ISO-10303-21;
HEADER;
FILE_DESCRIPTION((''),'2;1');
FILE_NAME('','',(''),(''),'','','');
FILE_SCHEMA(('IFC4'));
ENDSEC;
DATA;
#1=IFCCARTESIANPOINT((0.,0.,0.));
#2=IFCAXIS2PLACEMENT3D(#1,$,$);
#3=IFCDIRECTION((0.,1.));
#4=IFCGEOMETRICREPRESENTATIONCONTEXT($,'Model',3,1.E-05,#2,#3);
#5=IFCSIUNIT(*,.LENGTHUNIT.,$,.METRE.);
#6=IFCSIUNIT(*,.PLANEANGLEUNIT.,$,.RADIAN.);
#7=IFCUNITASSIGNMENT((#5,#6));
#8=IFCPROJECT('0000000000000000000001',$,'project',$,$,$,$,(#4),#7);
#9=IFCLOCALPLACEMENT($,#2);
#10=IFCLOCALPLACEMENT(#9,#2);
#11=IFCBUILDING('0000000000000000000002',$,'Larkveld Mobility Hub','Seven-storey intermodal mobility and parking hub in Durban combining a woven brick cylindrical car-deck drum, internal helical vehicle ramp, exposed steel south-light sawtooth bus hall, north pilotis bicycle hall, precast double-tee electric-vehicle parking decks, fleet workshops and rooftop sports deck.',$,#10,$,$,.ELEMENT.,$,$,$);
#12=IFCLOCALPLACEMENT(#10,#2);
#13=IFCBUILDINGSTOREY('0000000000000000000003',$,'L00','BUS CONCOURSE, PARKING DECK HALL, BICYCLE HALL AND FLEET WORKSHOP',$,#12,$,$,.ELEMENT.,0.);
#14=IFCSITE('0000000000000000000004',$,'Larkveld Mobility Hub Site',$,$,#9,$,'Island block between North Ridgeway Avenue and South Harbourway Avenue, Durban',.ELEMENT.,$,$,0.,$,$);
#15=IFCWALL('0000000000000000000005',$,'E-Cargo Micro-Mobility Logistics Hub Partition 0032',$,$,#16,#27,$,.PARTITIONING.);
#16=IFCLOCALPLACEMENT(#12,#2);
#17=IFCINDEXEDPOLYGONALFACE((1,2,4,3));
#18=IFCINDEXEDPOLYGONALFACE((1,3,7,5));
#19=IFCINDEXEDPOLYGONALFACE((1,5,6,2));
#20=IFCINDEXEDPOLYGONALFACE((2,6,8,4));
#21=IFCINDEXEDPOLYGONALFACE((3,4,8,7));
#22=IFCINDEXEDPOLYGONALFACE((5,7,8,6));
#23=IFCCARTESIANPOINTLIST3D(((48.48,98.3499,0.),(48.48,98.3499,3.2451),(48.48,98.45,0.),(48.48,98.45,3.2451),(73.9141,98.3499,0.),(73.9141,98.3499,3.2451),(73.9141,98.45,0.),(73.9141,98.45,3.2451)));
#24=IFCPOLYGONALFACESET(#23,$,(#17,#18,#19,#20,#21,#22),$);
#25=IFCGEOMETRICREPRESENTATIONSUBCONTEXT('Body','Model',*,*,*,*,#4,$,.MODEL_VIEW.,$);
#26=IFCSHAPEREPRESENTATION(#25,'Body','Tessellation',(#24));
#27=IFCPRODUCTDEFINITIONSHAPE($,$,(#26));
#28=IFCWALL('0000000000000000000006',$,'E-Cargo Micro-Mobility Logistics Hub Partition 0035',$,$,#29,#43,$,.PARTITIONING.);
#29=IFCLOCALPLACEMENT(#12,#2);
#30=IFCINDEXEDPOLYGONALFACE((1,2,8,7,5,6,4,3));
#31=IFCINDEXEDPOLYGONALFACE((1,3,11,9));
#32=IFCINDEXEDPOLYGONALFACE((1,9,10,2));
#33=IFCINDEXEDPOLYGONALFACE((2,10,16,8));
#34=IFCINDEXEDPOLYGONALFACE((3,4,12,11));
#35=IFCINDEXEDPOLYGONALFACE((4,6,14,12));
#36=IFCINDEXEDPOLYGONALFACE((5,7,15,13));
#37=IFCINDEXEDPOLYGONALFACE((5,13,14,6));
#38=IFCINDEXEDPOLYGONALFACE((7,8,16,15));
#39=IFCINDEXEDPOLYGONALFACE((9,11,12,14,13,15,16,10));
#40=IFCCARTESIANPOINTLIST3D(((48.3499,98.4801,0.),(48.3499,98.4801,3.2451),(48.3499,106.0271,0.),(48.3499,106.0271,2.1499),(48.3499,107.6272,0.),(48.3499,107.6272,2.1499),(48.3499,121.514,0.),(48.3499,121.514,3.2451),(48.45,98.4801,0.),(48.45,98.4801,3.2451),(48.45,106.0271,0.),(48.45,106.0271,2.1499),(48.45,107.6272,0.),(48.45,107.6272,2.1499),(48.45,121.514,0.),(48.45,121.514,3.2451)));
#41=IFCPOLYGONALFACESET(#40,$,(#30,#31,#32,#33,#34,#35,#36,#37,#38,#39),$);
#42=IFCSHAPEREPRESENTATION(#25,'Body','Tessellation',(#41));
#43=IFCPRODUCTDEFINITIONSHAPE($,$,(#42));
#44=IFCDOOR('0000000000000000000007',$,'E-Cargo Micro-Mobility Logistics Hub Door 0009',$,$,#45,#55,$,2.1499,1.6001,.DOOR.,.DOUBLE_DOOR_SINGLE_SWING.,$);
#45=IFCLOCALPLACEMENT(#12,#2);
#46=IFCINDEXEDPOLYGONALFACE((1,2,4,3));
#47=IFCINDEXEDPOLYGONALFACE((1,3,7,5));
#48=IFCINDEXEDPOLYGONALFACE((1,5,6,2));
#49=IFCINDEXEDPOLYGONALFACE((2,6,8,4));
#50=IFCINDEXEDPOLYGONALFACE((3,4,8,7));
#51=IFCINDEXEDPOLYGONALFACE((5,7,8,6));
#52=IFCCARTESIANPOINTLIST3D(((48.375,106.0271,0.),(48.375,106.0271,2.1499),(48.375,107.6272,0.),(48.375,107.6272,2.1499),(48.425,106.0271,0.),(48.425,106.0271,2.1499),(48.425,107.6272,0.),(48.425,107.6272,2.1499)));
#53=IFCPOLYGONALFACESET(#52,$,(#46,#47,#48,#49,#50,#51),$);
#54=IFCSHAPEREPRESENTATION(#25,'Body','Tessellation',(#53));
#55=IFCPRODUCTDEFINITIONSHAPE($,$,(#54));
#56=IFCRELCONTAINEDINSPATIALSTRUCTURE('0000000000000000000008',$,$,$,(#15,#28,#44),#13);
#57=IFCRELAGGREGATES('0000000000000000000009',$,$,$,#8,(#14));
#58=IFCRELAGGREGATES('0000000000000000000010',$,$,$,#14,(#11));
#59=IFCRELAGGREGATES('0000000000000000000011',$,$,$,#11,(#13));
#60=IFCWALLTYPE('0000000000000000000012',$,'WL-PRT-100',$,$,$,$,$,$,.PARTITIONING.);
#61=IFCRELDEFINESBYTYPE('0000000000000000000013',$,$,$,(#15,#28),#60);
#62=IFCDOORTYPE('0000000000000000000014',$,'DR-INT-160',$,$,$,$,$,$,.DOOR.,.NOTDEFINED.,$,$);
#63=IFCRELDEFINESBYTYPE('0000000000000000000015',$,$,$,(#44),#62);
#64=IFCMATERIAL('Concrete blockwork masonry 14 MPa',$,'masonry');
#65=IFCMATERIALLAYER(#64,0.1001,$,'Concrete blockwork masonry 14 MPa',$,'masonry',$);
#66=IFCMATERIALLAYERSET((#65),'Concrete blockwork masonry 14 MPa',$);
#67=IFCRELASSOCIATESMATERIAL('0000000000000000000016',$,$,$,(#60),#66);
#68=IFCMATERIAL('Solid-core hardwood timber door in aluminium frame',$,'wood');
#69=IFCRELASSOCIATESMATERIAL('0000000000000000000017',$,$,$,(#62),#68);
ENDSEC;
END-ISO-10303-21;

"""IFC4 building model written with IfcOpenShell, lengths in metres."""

from ifc_helpers import new_model, si_unit, direction, frame, frame_2d, origin, place, context, subcontext, project, spatial, rectangle, extrude, material, layer, layer_set, type_object, element, fill, save


model = new_model("IFC4")

# Units and contexts
model_context = context("Model", 3, precision=1e-05, world=origin(), true_north=direction((0.0, 1.0)))
body_context = subcontext(model_context, "Body", "Model", "MODEL_VIEW")
ifc_project = project(units=[si_unit("LENGTHUNIT", "METRE"), si_unit("PLANEANGLEUNIT", "RADIAN")], contexts=[model_context])

# Site, building, storey
site_placement = place(None, origin())
site = spatial("IfcSite", under=ifc_project, at=site_placement, Name="Larkveld Mobility Hub Site", LongName="Island block between North Ridgeway Avenue and South Harbourway Avenue, Durban", CompositionType="ELEMENT", RefElevation=0.0)
building_placement = place(site_placement, origin())
building = spatial("IfcBuilding", under=site, at=building_placement, Name="Larkveld Mobility Hub", Description="Seven-storey intermodal mobility and parking hub in Durban combining a woven brick cylindrical car-deck drum, internal helical vehicle ramp, exposed steel south-light sawtooth bus hall, north pilotis bicycle hall, precast double-tee electric-vehicle parking decks, fleet workshops and rooftop sports deck.", CompositionType="ELEMENT")
storey_placement = place(building_placement, origin())
storey = spatial("IfcBuildingStorey", under=building, at=storey_placement, Name="L00", Description="BUS CONCOURSE, PARKING DECK HALL, BICYCLE HALL AND FLEET WORKSHOP", CompositionType="ELEMENT", Elevation=0.0)

# Wall
ifc_material_1 = material(Name="Concrete blockwork masonry 14 MPa", Category="masonry")
ifc_layer = layer(ifc_material_1, 0.1001, Name="Concrete blockwork masonry 14 MPa", Category="masonry")
ifc_layer_set = layer_set([ifc_layer], Name="Concrete blockwork masonry 14 MPa")
wall_type = type_object("IfcWallType", Name="WL-PRT-100", PredefinedType="PARTITIONING", material=ifc_layer_set)
wall_1_placement = place(storey_placement, frame((48.48, 98.3999, 0.0), z_axis=(0.0, 0.0, 1.0), x_axis=(1.0, 0.0, 0.0)))
element("IfcWall", 1, at=wall_1_placement, inside=storey, type_object=wall_type, Name="E-Cargo Micro-Mobility Logistics Hub Partition 0032", PredefinedType="PARTITIONING", context=body_context, shape_type="SweptSolid", body=[
    extrude(rectangle(XDim=25.4341, YDim=0.1001, at=frame_2d((12.717, 0.0))), origin(), (0.0, 0.0, 1.0), 3.2451),
])

# Wall, opening, door
wall_2_placement = place(storey_placement, frame((48.3999, 98.48, 0.0), z_axis=(0.0, 0.0, 1.0), x_axis=(0.0, 1.0, 0.0)))
wall_2 = element("IfcWall", 2, at=wall_2_placement, inside=storey, type_object=wall_type, Name="E-Cargo Micro-Mobility Logistics Hub Partition 0035", PredefinedType="PARTITIONING", context=body_context, shape_type="SweptSolid", body=[
    extrude(rectangle(XDim=23.0339, YDim=0.1001, at=frame_2d((11.5171, 0.0))), origin(), (0.0, 0.0, 1.0), 3.2451),
])
opening_placement = place(wall_2_placement, frame((7.5471, 0.0, 0.0)))
opening = element("IfcOpeningElement", 3, at=opening_placement, cuts=wall_2, PredefinedType="OPENING", context=body_context, shape_type="SweptSolid", body=[
    extrude(rectangle(XDim=1.6001, YDim=2.1499, at=frame_2d((0.8, 1.075))), frame((0.0, 0.0601, 0.0), z_axis=(0.0, -1.0, 0.0), x_axis=(1.0, 0.0, 0.0)), (0.0, 0.0, 1.0), 0.1201),
])
ifc_material_2 = material(Name="Solid-core hardwood timber door in aluminium frame", Category="wood")
door_type = type_object("IfcDoorType", Name="DR-INT-160", OperationType="NOTDEFINED", PredefinedType="DOOR", material=ifc_material_2)
door_placement = place(opening_placement, origin())
door = element("IfcDoor", 4, at=door_placement, inside=storey, type_object=door_type, Name="E-Cargo Micro-Mobility Logistics Hub Door 0009", OperationType="DOUBLE_DOOR_SINGLE_SWING", OverallHeight=2.1499, OverallWidth=1.6001, PredefinedType="DOOR", context=body_context, shape_type="SweptSolid", body=[
    extrude(rectangle(XDim=1.6001, YDim=2.1499, at=frame_2d((0.8, 1.075))), frame((0.0, 0.0249, 0.0), z_axis=(0.0, -1.0, 0.0), x_axis=(1.0, 0.0, 0.0)), (0.0, 0.0, 1.0), 0.05),
])
fill(opening, door)

save(model, "model.ifc")
